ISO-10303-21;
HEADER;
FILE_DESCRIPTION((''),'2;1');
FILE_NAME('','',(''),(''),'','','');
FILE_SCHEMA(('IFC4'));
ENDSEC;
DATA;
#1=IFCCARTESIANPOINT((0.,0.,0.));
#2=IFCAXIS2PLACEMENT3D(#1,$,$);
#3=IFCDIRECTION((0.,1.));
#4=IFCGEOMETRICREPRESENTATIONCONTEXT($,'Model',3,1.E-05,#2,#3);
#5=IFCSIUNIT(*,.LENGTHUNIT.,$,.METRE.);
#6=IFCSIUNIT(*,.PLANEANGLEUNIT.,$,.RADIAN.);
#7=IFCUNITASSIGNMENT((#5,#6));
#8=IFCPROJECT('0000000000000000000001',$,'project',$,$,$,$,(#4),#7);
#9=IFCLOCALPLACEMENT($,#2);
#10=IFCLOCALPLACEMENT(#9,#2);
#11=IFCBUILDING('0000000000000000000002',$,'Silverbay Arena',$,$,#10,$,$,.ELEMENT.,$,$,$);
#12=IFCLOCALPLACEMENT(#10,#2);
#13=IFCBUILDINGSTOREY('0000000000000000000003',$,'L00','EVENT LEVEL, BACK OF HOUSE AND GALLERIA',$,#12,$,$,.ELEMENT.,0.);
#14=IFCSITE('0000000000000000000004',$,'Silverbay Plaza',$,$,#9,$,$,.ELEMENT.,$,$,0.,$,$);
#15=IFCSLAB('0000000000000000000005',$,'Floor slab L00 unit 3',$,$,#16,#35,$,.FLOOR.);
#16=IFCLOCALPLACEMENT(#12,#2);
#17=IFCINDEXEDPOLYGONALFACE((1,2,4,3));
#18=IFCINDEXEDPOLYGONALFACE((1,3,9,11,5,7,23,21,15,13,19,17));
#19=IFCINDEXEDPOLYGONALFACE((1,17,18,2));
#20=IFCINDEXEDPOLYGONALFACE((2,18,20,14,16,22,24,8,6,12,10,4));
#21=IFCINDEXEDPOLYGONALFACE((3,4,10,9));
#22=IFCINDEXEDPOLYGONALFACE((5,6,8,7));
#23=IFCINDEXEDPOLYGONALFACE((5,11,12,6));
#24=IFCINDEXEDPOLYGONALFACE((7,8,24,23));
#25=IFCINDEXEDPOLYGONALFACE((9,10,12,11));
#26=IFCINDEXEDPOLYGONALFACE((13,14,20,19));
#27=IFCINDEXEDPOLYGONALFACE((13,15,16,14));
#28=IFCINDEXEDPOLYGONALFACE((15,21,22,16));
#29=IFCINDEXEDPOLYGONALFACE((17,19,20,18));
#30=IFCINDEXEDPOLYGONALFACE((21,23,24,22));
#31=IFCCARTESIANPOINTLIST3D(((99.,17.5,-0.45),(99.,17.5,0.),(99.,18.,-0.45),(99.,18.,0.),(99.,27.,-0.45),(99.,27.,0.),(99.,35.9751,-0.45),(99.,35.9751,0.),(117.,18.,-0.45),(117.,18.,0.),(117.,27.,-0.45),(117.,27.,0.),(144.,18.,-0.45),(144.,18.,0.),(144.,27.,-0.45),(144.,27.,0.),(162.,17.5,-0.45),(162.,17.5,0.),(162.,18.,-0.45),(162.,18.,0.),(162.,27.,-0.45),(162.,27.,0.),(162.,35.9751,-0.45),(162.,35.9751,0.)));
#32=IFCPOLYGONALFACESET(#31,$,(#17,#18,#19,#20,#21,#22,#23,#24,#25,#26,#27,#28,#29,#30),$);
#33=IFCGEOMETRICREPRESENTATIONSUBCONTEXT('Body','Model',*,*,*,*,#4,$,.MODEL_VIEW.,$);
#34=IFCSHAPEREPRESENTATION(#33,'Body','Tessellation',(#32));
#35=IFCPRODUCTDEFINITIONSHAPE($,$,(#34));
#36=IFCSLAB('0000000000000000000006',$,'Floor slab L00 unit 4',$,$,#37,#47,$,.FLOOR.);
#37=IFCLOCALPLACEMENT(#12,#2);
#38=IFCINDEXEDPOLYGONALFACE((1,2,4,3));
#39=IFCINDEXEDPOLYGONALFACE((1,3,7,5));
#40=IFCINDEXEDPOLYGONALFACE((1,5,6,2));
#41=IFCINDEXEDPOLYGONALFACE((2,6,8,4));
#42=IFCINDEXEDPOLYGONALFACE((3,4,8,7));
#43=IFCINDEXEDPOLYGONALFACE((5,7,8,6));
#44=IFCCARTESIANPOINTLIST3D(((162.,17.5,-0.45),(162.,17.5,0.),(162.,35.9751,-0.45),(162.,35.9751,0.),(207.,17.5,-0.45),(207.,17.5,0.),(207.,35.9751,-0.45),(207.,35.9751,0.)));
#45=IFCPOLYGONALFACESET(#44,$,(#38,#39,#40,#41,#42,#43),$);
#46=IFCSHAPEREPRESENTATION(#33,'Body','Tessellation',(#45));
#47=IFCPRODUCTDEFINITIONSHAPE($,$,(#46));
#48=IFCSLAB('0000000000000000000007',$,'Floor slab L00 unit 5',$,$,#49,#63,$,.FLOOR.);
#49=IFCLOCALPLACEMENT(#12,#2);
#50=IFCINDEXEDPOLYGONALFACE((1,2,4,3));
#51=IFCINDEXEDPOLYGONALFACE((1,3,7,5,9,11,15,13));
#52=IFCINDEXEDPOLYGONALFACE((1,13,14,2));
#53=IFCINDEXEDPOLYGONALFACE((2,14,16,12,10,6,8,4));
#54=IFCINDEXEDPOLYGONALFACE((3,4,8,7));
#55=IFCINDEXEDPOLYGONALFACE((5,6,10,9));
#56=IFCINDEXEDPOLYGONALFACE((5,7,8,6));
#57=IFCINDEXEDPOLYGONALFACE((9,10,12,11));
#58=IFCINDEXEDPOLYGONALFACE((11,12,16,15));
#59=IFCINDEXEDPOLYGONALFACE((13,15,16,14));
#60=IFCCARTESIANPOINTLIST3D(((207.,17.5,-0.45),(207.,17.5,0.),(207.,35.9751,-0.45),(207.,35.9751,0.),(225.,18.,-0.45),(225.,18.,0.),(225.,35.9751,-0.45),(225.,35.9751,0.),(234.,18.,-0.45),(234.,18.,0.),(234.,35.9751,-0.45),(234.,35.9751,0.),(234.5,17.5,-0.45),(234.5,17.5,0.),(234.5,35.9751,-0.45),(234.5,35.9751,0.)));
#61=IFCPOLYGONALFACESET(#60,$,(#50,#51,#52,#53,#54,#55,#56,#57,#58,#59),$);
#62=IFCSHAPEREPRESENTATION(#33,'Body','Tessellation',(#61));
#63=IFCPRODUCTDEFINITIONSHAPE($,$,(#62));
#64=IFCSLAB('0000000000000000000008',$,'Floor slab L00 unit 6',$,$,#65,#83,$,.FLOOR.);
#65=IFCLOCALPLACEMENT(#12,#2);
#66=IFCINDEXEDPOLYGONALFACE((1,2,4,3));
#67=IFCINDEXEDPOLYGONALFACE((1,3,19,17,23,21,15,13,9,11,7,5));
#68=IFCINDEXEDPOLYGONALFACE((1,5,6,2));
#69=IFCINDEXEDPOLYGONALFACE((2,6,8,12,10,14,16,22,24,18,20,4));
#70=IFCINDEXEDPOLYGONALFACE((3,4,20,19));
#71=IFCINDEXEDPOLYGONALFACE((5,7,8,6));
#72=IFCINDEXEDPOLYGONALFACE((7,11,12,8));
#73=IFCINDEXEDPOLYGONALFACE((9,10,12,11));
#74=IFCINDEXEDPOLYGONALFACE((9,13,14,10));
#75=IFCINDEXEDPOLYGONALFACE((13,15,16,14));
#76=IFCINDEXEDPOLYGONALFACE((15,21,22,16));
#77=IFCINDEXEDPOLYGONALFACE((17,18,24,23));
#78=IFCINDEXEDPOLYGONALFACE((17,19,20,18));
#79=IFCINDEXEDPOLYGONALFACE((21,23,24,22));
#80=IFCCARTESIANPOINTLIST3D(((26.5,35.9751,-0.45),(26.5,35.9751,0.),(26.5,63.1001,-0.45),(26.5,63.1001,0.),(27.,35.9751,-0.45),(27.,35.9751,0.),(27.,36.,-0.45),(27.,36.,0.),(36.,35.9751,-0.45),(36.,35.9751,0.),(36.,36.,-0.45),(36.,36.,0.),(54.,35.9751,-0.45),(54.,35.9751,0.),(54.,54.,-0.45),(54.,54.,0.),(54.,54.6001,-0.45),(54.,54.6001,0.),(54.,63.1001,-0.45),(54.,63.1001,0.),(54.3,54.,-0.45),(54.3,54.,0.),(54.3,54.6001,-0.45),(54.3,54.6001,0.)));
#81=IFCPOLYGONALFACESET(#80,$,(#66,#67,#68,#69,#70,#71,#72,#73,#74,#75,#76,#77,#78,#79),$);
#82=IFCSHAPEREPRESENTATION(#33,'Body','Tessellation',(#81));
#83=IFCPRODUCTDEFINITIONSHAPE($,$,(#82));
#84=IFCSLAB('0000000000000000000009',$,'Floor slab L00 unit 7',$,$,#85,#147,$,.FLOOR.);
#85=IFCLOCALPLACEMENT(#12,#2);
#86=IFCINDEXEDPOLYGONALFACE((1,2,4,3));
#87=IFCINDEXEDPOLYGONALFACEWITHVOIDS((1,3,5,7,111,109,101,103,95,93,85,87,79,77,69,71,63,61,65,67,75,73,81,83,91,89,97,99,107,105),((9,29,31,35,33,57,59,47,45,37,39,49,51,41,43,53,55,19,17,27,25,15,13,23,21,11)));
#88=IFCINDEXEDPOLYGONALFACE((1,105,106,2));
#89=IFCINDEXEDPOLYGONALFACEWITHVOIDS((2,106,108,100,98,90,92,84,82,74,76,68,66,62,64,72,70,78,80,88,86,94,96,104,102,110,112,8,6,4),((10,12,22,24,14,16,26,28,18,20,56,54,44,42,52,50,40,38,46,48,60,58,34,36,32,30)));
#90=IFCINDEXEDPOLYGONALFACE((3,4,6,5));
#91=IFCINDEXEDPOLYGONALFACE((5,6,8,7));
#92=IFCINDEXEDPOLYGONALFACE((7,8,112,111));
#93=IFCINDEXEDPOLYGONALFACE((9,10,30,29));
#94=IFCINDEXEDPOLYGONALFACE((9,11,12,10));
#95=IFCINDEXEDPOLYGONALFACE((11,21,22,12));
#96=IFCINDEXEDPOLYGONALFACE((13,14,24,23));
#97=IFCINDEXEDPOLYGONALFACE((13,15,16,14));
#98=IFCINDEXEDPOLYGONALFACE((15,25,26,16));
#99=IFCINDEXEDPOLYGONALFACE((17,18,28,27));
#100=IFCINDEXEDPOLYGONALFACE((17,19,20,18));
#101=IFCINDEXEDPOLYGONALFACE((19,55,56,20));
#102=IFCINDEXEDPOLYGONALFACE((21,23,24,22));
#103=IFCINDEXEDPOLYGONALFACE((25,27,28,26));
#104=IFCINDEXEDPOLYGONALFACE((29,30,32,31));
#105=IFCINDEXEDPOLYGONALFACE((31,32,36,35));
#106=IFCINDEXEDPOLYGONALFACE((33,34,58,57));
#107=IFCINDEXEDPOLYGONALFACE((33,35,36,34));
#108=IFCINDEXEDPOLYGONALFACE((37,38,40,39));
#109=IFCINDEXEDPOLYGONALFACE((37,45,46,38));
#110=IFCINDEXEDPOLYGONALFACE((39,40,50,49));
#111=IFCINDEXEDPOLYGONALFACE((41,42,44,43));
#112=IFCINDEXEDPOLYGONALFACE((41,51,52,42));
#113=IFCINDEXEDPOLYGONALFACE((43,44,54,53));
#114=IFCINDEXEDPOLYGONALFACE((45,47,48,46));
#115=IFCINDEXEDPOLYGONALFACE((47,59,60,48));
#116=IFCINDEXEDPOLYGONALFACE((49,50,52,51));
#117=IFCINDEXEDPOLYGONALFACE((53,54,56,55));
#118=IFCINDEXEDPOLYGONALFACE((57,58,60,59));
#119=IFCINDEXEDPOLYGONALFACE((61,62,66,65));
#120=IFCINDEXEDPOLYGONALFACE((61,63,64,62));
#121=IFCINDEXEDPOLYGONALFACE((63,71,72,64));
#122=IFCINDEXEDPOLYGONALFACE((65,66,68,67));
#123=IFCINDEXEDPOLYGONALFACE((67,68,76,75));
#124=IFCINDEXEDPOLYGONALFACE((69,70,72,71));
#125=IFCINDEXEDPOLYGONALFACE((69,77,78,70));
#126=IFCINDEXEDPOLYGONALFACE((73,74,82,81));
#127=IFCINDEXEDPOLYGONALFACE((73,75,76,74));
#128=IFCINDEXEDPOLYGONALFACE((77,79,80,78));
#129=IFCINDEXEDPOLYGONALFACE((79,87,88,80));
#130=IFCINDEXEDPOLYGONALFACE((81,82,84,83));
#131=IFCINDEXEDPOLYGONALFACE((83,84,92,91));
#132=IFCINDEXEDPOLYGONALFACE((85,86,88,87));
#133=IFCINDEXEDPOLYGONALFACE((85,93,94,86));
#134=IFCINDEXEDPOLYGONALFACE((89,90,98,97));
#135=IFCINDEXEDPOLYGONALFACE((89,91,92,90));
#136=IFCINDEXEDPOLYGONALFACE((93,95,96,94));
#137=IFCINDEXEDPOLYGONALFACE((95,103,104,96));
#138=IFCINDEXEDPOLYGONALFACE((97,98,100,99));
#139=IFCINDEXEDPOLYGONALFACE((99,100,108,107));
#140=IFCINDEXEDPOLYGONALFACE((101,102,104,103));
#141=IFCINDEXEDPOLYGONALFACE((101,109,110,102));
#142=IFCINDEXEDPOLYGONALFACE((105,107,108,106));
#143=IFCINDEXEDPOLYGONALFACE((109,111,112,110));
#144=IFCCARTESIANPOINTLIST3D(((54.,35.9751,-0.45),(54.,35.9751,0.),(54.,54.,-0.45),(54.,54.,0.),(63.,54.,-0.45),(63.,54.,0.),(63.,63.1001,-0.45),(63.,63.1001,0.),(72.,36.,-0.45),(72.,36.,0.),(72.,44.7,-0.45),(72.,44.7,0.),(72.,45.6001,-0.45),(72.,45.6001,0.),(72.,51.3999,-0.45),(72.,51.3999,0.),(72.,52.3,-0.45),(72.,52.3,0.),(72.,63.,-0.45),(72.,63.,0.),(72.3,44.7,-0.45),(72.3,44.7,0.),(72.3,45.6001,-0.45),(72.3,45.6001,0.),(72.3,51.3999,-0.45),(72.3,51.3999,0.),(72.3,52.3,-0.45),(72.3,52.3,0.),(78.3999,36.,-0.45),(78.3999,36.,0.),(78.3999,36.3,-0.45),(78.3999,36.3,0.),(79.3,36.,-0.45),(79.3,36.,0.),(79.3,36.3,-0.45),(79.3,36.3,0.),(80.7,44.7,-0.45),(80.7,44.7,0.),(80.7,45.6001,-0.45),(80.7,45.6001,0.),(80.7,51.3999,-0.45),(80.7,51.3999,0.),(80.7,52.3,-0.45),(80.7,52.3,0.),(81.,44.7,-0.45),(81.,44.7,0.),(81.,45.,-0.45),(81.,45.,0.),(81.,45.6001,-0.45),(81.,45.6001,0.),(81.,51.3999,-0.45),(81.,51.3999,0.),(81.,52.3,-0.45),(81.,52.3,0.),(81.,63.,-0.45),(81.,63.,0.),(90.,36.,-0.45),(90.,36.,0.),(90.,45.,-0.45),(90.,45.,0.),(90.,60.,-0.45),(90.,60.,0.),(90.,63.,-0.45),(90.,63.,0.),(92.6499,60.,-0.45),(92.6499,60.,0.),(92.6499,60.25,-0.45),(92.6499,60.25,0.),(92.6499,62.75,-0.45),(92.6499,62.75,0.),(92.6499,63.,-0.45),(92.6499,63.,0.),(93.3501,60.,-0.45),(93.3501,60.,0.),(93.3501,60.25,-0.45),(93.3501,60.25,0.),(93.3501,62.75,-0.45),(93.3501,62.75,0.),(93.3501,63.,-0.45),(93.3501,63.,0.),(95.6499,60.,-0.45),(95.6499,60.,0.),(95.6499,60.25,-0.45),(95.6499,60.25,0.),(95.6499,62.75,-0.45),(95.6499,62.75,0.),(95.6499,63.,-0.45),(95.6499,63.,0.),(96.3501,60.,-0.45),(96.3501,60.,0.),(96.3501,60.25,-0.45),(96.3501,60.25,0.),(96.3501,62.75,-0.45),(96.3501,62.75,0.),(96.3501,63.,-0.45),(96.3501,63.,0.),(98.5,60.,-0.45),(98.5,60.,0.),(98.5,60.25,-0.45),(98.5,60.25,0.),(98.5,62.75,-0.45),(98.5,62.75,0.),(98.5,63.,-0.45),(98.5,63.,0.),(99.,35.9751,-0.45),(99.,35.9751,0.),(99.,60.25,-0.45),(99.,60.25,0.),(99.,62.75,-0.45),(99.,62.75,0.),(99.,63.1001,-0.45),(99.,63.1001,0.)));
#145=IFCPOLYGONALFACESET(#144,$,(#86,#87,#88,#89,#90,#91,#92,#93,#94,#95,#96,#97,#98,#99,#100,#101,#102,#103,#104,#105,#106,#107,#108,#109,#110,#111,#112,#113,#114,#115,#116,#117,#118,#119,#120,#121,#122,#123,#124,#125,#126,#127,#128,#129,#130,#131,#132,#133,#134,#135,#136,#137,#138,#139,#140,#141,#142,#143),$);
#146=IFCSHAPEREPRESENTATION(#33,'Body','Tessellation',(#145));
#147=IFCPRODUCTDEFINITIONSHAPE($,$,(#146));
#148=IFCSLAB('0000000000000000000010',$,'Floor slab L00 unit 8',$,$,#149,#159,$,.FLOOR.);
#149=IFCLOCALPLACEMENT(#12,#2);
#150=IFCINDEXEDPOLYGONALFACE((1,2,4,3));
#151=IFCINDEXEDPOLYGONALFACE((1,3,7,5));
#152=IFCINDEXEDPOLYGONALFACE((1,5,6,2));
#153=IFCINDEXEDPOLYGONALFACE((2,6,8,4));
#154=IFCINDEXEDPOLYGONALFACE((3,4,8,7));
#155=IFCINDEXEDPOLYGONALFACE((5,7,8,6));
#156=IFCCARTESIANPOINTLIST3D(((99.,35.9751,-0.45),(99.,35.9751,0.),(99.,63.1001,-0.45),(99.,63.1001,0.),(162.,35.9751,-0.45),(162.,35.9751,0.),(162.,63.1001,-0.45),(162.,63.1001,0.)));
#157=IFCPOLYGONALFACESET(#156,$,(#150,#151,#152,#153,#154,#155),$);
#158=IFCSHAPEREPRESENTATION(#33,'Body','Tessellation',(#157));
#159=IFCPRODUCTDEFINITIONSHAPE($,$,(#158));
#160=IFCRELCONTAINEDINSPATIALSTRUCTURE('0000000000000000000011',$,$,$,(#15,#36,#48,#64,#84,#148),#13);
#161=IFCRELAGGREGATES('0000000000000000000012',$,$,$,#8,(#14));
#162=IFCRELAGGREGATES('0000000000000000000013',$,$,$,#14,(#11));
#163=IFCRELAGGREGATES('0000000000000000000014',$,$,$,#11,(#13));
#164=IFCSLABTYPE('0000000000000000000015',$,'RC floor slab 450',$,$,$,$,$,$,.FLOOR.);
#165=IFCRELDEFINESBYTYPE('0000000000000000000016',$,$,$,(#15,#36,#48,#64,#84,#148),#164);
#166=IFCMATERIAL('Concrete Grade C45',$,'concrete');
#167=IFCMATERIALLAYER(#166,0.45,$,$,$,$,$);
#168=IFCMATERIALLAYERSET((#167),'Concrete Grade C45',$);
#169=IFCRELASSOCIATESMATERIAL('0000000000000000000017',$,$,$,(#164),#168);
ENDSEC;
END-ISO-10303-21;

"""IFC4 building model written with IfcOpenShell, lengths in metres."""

from ifc_helpers import new_model, si_unit, direction, frame, origin, place, context, subcontext, project, spatial, polyline, outline, extrude, material, layer, layer_set, type_object, element, save


model = new_model("IFC4")

# Units and contexts
model_context = context("Model", 3, precision=1e-05, world=origin(), true_north=direction((0.0, 1.0)))
body_context = subcontext(model_context, "Body", "Model", "MODEL_VIEW")
ifc_project = project(units=[si_unit("LENGTHUNIT", "METRE"), si_unit("PLANEANGLEUNIT", "RADIAN")], contexts=[model_context])

# Site, building, storey
site_placement = place(None, origin())
site = spatial("IfcSite", under=ifc_project, at=site_placement, Name="Silverbay Plaza", CompositionType="ELEMENT", RefElevation=0.0)
building_placement = place(site_placement, origin())
building = spatial("IfcBuilding", under=site, at=building_placement, Name="Silverbay Arena", CompositionType="ELEMENT")
storey_placement = place(building_placement, origin())
storey = spatial("IfcBuildingStorey", under=building, at=storey_placement, Name="L00", Description="EVENT LEVEL, BACK OF HOUSE AND GALLERIA", CompositionType="ELEMENT", Elevation=0.0)

# Slabs
ifc_material_1 = material(Name="Concrete Grade C45", Category="concrete")
ifc_layer_1 = layer(ifc_material_1, 0.45)
ifc_layer_set_1 = layer_set([ifc_layer_1], Name="Concrete Grade C45")
slab_type_1 = type_object("IfcSlabType", Name="RC floor slab 450", PredefinedType="FLOOR", material=ifc_layer_set_1)
slab_1_placement = place(storey_placement, frame((0.0, 0.0, -0.45)))
element("IfcSlab", 1, at=slab_1_placement, inside=storey, type_object=slab_type_1, Name="Floor slab L00 unit 3", PredefinedType="FLOOR", context=body_context, shape_type="SweptSolid", body=[
    extrude(outline(polyline([(162.0, 35.9751), (162.0, 27.0), (144.0, 27.0), (144.0, 18.0), (162.0, 18.0), (162.0, 17.5), (99.0, 17.5), (99.0, 18.0), (117.0, 18.0), (117.0, 27.0), (99.0, 27.0), (99.0, 35.9751), (162.0, 35.9751)])), origin(), (0.0, 0.0, 1.0), 0.45),
])
slab_2_placement = place(storey_placement, frame((0.0, 0.0, -0.45)))
element("IfcSlab", 2, at=slab_2_placement, inside=storey, type_object=slab_type_1, Name="Floor slab L00 unit 4", PredefinedType="FLOOR", context=body_context, shape_type="SweptSolid", body=[
    extrude(outline(polyline([(207.0, 17.5), (162.0, 17.5), (162.0, 35.9751), (207.0, 35.9751), (207.0, 17.5)])), origin(), (0.0, 0.0, 1.0), 0.45),
])
slab_3_placement = place(storey_placement, frame((0.0, 0.0, -0.45)))
element("IfcSlab", 3, at=slab_3_placement, inside=storey, type_object=slab_type_1, Name="Floor slab L00 unit 5", PredefinedType="FLOOR", context=body_context, shape_type="SweptSolid", body=[
    extrude(outline(polyline([(225.0, 18.0), (234.0, 18.0), (234.0, 35.9751), (234.5, 35.9751), (234.5, 17.5), (207.0, 17.5), (207.0, 35.9751), (225.0, 35.9751), (225.0, 18.0)])), origin(), (0.0, 0.0, 1.0), 0.45),
])
slab_4_placement = place(storey_placement, frame((0.0, 0.0, -0.45)))
element("IfcSlab", 4, at=slab_4_placement, inside=storey, type_object=slab_type_1, Name="Floor slab L00 unit 6", PredefinedType="FLOOR", context=body_context, shape_type="SweptSolid", body=[
    extrude(outline(polyline([(54.3, 54.6001), (54.3, 54.0), (54.0, 54.0), (54.0, 35.9751), (36.0, 35.9751), (36.0, 36.0), (27.0, 36.0), (27.0, 35.9751), (26.5, 35.9751), (26.5, 63.1001), (54.0, 63.1001), (54.0, 54.6001), (54.3, 54.6001)])), origin(), (0.0, 0.0, 1.0), 0.45),
])
slab_5_placement = place(storey_placement, frame((0.0, 0.0, -0.45)))
element("IfcSlab", 5, at=slab_5_placement, inside=storey, type_object=slab_type_1, Name="Floor slab L00 unit 7", PredefinedType="FLOOR", context=body_context, shape_type="SweptSolid", body=[
    extrude(outline(polyline([(99.0, 63.1001), (99.0, 62.75), (98.5, 62.75), (98.5, 63.0), (96.3501, 63.0), (96.3501, 62.75), (95.6499, 62.75), (95.6499, 63.0), (93.3501, 63.0), (93.3501, 62.75), (92.6499, 62.75), (92.6499, 63.0), (90.0, 63.0), (90.0, 60.0), (92.6499, 60.0), (92.6499, 60.25), (93.3501, 60.25), (93.3501, 60.0), (95.6499, 60.0), (95.6499, 60.25), (96.3501, 60.25), (96.3501, 60.0), (98.5, 60.0), (98.5, 60.25), (99.0, 60.25), (99.0, 35.9751), (54.0, 35.9751), (54.0, 54.0), (63.0, 54.0), (63.0, 63.1001), (99.0, 63.1001)]), holes=[polyline([(78.3999, 36.3), (79.3, 36.3), (79.3, 36.0), (90.0, 36.0), (90.0, 45.0), (81.0, 45.0), (81.0, 44.7), (80.7, 44.7), (80.7, 45.6001), (81.0, 45.6001), (81.0, 51.3999), (80.7, 51.3999), (80.7, 52.3), (81.0, 52.3), (81.0, 63.0), (72.0, 63.0), (72.0, 52.3), (72.3, 52.3), (72.3, 51.3999), (72.0, 51.3999), (72.0, 45.6001), (72.3, 45.6001), (72.3, 44.7), (72.0, 44.7), (72.0, 36.0), (78.3999, 36.0), (78.3999, 36.3)])]), origin(), (0.0, 0.0, 1.0), 0.45),
])
slab_6_placement = place(storey_placement, frame((0.0, 0.0, -0.45)))
element("IfcSlab", 6, at=slab_6_placement, inside=storey, type_object=slab_type_1, Name="Floor slab L00 unit 8", PredefinedType="FLOOR", context=body_context, shape_type="SweptSolid", body=[
    extrude(outline(polyline([(99.0, 63.1001), (162.0, 63.1001), (162.0, 35.9751), (99.0, 35.9751), (99.0, 63.1001)])), origin(), (0.0, 0.0, 1.0), 0.45),
])

save(model, "model.ifc")
